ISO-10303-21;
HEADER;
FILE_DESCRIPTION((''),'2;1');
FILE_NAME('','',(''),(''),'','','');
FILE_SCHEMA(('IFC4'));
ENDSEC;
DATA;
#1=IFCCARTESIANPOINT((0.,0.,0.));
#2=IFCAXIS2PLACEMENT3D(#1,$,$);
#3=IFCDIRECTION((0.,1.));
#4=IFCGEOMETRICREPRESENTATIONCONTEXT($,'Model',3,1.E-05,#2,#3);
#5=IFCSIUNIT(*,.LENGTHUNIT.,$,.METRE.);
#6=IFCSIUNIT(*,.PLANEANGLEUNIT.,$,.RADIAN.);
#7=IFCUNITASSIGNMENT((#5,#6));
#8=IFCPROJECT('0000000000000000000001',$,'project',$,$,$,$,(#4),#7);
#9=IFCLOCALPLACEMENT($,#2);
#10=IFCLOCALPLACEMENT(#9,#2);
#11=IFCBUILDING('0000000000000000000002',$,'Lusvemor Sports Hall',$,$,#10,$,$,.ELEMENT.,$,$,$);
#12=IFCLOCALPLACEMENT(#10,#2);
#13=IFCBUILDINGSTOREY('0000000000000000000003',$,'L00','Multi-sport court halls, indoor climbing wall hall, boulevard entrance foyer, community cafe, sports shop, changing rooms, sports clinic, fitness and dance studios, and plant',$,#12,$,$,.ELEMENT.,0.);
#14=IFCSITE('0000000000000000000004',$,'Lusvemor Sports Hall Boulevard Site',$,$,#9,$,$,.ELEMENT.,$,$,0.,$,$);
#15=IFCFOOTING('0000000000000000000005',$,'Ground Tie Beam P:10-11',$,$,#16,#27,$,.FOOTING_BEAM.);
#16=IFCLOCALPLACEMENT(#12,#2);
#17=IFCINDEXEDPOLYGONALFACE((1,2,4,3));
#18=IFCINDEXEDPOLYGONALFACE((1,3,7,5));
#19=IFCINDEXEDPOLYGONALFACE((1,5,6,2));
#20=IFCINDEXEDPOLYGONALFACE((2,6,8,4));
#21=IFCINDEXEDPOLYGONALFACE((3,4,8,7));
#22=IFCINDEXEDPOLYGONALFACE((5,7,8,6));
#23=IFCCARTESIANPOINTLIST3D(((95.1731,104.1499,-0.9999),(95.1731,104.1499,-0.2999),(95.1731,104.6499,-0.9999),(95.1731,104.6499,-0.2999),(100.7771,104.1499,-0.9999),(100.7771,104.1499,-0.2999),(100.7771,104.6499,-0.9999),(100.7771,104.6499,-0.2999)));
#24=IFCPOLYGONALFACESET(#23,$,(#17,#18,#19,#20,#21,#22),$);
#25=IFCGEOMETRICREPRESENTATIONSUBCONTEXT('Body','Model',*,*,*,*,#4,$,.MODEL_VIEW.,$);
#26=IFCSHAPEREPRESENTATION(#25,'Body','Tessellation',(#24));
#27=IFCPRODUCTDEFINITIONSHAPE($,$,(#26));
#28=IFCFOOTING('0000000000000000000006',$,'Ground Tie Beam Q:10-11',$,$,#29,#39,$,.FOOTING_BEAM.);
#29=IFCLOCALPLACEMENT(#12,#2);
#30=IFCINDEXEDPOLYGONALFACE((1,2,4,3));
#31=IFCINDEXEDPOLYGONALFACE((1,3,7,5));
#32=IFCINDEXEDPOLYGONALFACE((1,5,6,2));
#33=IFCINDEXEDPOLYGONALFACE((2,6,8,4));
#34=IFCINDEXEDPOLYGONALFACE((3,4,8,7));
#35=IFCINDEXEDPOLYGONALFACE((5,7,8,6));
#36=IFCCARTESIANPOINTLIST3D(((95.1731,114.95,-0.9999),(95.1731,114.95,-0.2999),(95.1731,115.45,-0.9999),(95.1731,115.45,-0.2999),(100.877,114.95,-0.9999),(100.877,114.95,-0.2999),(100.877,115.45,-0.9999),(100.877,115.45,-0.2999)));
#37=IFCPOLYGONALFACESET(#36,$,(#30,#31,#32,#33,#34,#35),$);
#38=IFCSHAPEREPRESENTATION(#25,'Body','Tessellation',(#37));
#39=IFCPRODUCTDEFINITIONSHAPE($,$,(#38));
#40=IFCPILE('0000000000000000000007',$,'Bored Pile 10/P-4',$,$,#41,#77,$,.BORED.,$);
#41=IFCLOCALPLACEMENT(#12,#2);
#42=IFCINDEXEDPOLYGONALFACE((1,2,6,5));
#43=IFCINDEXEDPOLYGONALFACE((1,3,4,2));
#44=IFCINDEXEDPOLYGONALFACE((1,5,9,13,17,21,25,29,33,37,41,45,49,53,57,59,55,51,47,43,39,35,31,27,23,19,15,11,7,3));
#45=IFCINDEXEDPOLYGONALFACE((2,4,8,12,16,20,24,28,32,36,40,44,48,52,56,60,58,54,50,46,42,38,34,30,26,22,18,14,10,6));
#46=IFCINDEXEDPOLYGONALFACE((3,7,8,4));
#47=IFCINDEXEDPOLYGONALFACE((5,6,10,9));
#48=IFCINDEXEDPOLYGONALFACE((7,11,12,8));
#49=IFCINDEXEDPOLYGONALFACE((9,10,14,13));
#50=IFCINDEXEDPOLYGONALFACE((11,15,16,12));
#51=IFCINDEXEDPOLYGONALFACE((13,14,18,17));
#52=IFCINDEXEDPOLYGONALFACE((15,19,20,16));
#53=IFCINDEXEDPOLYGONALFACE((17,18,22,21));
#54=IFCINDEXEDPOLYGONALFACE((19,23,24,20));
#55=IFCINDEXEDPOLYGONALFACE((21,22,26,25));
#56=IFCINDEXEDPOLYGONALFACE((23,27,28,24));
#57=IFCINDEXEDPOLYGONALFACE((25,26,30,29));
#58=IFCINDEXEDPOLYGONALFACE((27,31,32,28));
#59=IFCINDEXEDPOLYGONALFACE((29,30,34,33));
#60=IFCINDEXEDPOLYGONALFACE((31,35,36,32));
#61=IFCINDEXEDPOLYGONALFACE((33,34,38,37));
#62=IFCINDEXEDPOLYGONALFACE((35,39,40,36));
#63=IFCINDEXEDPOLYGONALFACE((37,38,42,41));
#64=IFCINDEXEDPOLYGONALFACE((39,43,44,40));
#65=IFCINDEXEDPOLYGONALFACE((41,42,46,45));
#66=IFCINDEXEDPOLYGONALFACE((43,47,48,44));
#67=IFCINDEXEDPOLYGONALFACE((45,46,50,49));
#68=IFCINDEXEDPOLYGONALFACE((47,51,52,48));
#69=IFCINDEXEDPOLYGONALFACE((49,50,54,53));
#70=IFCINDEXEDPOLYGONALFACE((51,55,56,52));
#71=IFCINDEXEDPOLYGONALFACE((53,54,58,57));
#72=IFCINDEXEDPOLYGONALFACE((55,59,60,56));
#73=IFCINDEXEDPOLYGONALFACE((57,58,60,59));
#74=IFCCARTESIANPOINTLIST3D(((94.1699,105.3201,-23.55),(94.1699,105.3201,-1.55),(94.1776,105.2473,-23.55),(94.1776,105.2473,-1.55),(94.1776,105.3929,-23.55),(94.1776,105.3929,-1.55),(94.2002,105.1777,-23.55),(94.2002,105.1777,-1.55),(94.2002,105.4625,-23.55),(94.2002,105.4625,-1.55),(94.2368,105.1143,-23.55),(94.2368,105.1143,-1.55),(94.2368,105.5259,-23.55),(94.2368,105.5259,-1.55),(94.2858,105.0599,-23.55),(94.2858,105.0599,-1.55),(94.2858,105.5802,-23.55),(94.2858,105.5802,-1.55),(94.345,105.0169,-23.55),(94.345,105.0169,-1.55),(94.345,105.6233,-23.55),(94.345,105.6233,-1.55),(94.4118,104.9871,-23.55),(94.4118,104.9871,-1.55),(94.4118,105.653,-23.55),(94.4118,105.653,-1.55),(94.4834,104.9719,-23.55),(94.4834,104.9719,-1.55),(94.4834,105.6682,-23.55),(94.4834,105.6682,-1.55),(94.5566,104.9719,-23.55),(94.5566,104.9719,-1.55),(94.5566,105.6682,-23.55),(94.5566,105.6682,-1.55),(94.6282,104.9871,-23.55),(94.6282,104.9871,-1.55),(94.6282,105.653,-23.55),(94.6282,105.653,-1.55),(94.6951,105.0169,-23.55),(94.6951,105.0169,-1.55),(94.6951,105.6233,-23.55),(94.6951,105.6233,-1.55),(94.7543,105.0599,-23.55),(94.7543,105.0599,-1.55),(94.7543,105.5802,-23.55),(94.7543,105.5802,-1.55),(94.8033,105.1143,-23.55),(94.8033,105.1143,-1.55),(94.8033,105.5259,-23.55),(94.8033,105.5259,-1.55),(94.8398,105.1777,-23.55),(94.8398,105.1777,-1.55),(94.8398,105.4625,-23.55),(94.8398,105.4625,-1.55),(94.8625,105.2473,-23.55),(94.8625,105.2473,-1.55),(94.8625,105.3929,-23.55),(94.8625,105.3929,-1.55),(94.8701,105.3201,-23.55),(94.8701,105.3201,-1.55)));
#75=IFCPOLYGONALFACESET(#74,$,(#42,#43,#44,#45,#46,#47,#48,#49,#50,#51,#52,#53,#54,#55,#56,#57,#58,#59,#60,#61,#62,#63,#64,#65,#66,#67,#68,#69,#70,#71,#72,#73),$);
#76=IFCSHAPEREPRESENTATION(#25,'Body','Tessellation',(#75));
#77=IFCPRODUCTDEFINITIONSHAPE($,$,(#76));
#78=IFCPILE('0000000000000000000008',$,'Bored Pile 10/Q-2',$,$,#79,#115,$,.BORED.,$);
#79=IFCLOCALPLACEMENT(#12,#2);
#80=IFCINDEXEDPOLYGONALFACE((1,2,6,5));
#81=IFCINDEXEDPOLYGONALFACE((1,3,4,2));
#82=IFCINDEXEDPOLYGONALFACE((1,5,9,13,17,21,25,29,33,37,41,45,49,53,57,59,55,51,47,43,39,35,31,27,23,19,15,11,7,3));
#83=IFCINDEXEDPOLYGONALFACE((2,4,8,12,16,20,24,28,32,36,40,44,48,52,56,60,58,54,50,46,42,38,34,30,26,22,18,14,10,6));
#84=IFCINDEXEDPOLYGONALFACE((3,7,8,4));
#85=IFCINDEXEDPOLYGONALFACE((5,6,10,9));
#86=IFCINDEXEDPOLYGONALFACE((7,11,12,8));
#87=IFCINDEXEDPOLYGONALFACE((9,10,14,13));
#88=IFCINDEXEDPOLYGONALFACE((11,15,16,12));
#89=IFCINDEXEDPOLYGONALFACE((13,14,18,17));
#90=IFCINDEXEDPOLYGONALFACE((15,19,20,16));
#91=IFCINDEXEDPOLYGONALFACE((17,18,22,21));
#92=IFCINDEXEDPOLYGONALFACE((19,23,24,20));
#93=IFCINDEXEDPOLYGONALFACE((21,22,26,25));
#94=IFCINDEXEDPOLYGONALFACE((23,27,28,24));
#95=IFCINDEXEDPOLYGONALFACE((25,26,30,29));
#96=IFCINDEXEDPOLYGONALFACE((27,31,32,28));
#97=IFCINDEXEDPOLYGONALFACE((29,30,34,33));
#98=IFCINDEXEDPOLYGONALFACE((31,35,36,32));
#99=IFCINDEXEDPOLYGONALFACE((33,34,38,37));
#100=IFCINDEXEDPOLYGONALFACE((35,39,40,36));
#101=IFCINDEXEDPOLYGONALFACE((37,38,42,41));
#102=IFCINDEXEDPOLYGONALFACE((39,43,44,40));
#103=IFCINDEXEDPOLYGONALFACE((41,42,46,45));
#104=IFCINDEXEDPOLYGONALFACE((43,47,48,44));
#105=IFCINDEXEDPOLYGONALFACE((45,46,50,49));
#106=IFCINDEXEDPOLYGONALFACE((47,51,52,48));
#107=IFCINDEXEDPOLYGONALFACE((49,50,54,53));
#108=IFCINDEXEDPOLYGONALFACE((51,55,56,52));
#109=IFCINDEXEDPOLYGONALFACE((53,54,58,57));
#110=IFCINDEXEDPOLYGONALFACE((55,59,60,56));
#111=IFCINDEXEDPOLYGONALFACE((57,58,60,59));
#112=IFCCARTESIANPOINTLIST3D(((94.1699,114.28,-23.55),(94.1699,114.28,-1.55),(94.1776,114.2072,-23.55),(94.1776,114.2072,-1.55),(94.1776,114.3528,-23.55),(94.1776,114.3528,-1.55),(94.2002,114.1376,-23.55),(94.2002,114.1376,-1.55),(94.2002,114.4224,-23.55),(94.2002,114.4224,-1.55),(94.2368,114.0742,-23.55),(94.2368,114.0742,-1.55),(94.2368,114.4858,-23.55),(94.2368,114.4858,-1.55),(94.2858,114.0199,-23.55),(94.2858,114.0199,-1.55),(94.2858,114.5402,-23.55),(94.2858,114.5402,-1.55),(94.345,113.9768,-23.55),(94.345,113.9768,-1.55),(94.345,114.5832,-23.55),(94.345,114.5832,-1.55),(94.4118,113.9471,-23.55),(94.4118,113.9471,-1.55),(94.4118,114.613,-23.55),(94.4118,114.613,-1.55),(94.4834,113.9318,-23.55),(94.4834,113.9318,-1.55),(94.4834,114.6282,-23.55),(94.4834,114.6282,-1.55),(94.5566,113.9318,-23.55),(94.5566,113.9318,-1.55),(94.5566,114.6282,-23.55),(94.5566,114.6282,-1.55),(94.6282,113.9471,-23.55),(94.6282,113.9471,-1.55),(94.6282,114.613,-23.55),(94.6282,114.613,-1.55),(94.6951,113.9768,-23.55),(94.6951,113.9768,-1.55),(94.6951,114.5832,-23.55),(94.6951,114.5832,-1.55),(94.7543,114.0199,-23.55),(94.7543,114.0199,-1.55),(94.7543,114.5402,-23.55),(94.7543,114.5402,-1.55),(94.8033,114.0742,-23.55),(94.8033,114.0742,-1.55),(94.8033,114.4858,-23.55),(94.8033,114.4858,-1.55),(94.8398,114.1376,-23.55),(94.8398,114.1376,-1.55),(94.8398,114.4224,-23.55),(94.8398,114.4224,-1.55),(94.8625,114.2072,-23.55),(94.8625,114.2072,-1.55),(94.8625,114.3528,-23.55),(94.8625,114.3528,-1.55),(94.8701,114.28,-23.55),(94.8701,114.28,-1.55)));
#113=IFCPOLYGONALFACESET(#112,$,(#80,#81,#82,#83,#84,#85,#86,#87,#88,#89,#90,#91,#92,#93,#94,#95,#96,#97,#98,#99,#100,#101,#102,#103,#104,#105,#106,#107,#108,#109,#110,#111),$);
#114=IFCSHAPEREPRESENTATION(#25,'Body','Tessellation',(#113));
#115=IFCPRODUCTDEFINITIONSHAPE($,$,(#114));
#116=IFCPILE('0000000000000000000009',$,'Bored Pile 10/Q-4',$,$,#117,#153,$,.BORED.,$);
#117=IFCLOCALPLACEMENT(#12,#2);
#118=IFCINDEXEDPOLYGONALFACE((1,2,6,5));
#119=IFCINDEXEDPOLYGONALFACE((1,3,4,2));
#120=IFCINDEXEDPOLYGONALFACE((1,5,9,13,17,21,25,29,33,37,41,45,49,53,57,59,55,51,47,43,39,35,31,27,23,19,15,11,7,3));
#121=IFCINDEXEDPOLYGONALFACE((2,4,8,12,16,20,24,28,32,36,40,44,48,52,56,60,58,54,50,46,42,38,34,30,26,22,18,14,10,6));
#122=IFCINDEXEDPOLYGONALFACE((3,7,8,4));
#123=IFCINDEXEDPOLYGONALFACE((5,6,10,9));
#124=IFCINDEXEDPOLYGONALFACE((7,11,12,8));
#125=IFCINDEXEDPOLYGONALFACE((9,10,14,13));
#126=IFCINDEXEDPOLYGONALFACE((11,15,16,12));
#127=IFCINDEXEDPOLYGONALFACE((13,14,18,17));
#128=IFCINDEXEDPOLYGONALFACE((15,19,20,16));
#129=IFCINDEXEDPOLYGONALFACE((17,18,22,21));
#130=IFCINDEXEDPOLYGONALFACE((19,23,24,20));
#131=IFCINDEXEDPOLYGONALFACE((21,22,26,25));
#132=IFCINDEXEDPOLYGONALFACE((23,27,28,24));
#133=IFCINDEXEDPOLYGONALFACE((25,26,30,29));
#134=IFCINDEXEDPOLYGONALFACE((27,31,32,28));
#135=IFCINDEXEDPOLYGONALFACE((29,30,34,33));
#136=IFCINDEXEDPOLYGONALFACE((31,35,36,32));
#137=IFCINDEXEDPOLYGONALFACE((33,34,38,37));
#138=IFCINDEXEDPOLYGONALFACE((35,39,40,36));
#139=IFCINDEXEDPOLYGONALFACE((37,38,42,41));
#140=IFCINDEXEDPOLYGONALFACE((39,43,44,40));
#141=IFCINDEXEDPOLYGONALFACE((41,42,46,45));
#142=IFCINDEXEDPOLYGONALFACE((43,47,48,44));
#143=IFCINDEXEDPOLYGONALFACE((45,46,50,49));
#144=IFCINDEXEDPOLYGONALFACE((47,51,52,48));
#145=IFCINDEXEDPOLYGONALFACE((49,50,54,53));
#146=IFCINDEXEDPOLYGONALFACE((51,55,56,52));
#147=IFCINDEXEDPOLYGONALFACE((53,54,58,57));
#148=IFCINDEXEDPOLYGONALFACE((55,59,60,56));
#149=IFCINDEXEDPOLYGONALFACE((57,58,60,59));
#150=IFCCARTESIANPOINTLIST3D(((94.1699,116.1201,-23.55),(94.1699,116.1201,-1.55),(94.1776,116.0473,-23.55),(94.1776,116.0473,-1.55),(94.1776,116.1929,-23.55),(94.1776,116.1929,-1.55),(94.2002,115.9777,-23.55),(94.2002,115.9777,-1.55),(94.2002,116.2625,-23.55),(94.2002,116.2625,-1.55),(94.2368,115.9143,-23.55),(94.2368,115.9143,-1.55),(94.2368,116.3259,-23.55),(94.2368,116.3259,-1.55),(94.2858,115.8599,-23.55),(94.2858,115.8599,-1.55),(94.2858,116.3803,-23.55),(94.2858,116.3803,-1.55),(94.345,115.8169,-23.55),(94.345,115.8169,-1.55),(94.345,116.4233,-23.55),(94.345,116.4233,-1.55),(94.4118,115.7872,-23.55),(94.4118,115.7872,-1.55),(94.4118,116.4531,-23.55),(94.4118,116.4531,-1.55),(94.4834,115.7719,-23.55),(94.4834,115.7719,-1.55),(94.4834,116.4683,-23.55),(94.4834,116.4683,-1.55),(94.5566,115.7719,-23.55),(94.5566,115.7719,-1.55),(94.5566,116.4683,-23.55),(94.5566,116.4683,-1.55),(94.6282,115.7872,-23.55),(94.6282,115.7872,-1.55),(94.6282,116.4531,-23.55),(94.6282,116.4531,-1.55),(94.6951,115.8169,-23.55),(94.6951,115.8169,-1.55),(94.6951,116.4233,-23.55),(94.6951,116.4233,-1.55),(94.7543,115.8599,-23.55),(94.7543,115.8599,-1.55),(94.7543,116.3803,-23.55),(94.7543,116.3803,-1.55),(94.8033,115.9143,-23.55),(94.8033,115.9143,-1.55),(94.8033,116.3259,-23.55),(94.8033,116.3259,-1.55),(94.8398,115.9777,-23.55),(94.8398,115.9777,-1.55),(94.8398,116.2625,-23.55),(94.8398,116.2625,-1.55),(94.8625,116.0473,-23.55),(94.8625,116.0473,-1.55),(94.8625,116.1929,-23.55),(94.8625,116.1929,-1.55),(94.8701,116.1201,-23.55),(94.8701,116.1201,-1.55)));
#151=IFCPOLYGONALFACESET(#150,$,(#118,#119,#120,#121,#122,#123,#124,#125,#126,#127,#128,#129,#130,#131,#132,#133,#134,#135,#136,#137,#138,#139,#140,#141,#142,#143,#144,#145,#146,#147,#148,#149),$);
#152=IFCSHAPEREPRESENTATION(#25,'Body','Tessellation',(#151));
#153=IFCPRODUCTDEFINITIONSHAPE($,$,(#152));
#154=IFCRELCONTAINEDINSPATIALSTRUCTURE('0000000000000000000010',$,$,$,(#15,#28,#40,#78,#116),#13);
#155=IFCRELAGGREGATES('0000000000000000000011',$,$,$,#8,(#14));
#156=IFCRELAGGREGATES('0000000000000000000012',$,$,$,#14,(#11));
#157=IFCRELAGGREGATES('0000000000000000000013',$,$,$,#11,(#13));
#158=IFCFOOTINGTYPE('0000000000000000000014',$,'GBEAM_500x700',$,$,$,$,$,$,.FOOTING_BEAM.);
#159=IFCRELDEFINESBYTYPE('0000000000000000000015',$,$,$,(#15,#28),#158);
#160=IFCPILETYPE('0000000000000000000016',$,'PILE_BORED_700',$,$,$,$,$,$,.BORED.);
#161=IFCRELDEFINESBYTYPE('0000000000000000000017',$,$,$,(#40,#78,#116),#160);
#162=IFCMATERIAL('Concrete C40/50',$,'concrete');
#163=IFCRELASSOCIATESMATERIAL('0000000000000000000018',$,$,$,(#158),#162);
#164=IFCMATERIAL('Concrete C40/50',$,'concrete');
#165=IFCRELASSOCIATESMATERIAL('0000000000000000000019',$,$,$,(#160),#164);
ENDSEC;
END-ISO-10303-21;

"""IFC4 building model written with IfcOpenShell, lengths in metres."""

from ifc_helpers import new_model, si_unit, direction, frame, origin, origin_2d, place, context, subcontext, project, spatial, rectangle, circle, extrude, material, material_profile, profile_set, type_object, element, save


model = new_model("IFC4")

# Units and contexts
model_context = context("Model", 3, precision=1e-05, world=origin(), true_north=direction((0.0, 1.0)))
body_context = subcontext(model_context, "Body", "Model", "MODEL_VIEW")
ifc_project = project(units=[si_unit("LENGTHUNIT", "METRE"), si_unit("PLANEANGLEUNIT", "RADIAN")], contexts=[model_context])

# Site, building, storey
site_placement = place(None, origin())
site = spatial("IfcSite", under=ifc_project, at=site_placement, Name="Lusvemor Sports Hall Boulevard Site", CompositionType="ELEMENT", RefElevation=0.0)
building_placement = place(site_placement, origin())
building = spatial("IfcBuilding", under=site, at=building_placement, Name="Lusvemor Sports Hall", CompositionType="ELEMENT")
storey_placement = place(building_placement, origin())
storey = spatial("IfcBuildingStorey", under=building, at=storey_placement, Name="L00", Description="Multi-sport court halls, indoor climbing wall hall, boulevard entrance foyer, community cafe, sports shop, changing rooms, sports clinic, fitness and dance studios, and plant", CompositionType="ELEMENT", Elevation=0.0)

# Footings
ifc_material_1 = material(Name="Concrete C40/50", Category="concrete")
ifc_material_profile_1 = material_profile(ifc_material_1, rectangle(XDim=0.5, YDim=0.7, at=origin_2d()), Name="GB_500x700")
ifc_profile_set_1 = profile_set([ifc_material_profile_1], Name="Concrete C40/50")
footing_type = type_object("IfcFootingType", Name="GBEAM_500x700", PredefinedType="FOOTING_BEAM", material=ifc_profile_set_1)
footing_1_placement = place(storey_placement, frame((95.1731, 104.3999, -0.6499), z_axis=(1.0, 0.0, 0.0), x_axis=(0.0, 1.0, 0.0)))
element("IfcFooting", 1, at=footing_1_placement, inside=storey, type_object=footing_type, Name="Ground Tie Beam P:10-11", PredefinedType="FOOTING_BEAM", context=body_context, shape_type="SweptSolid", body=[
    extrude(rectangle(XDim=0.5, YDim=0.7, at=origin_2d()), origin(), (0.0, 0.0, 1.0), 5.604),
])
footing_2_placement = place(storey_placement, frame((95.1731, 115.2, -0.6499), z_axis=(1.0, 0.0, 0.0), x_axis=(0.0, 1.0, 0.0)))
element("IfcFooting", 2, at=footing_2_placement, inside=storey, type_object=footing_type, Name="Ground Tie Beam Q:10-11", PredefinedType="FOOTING_BEAM", context=body_context, shape_type="SweptSolid", body=[
    extrude(rectangle(XDim=0.5, YDim=0.7, at=origin_2d()), origin(), (0.0, 0.0, 1.0), 5.7039),
])

# Piles
ifc_material_2 = material(Name="Concrete C40/50", Category="concrete")
ifc_material_profile_2 = material_profile(ifc_material_2, circle(Radius=0.3501, at=origin_2d()), Name="PILE700")
ifc_profile_set_2 = profile_set([ifc_material_profile_2], Name="Concrete C40/50")
pile_type = type_object("IfcPileType", Name="PILE_BORED_700", PredefinedType="BORED", material=ifc_profile_set_2)
for number, where, z_axis, x_axis, name in (
    (3, (94.52, 105.3201, -1.55), (0.0, 0.0, -1.0), (1.0, 0.0, 0.0), "Bored Pile 10/P-4"),
    (4, (94.52, 114.28, -1.55), (0.0, 0.0, -1.0), (1.0, 0.0, 0.0), "Bored Pile 10/Q-2"),
    (5, (94.52, 116.1201, -1.55), (0.0, 0.0, -1.0), (1.0, 0.0, 0.0), "Bored Pile 10/Q-4"),
):
    element("IfcPile", number, at=place(storey_placement, frame(where, z_axis=z_axis, x_axis=x_axis)), inside=storey, type_object=pile_type, Name=name, PredefinedType="BORED", context=body_context, shape_type="SweptSolid", body=[
        extrude(circle(Radius=0.3501, at=origin_2d()), origin(), (0.0, 0.0, 1.0), 22.0),
    ])

save(model, "model.ifc")
